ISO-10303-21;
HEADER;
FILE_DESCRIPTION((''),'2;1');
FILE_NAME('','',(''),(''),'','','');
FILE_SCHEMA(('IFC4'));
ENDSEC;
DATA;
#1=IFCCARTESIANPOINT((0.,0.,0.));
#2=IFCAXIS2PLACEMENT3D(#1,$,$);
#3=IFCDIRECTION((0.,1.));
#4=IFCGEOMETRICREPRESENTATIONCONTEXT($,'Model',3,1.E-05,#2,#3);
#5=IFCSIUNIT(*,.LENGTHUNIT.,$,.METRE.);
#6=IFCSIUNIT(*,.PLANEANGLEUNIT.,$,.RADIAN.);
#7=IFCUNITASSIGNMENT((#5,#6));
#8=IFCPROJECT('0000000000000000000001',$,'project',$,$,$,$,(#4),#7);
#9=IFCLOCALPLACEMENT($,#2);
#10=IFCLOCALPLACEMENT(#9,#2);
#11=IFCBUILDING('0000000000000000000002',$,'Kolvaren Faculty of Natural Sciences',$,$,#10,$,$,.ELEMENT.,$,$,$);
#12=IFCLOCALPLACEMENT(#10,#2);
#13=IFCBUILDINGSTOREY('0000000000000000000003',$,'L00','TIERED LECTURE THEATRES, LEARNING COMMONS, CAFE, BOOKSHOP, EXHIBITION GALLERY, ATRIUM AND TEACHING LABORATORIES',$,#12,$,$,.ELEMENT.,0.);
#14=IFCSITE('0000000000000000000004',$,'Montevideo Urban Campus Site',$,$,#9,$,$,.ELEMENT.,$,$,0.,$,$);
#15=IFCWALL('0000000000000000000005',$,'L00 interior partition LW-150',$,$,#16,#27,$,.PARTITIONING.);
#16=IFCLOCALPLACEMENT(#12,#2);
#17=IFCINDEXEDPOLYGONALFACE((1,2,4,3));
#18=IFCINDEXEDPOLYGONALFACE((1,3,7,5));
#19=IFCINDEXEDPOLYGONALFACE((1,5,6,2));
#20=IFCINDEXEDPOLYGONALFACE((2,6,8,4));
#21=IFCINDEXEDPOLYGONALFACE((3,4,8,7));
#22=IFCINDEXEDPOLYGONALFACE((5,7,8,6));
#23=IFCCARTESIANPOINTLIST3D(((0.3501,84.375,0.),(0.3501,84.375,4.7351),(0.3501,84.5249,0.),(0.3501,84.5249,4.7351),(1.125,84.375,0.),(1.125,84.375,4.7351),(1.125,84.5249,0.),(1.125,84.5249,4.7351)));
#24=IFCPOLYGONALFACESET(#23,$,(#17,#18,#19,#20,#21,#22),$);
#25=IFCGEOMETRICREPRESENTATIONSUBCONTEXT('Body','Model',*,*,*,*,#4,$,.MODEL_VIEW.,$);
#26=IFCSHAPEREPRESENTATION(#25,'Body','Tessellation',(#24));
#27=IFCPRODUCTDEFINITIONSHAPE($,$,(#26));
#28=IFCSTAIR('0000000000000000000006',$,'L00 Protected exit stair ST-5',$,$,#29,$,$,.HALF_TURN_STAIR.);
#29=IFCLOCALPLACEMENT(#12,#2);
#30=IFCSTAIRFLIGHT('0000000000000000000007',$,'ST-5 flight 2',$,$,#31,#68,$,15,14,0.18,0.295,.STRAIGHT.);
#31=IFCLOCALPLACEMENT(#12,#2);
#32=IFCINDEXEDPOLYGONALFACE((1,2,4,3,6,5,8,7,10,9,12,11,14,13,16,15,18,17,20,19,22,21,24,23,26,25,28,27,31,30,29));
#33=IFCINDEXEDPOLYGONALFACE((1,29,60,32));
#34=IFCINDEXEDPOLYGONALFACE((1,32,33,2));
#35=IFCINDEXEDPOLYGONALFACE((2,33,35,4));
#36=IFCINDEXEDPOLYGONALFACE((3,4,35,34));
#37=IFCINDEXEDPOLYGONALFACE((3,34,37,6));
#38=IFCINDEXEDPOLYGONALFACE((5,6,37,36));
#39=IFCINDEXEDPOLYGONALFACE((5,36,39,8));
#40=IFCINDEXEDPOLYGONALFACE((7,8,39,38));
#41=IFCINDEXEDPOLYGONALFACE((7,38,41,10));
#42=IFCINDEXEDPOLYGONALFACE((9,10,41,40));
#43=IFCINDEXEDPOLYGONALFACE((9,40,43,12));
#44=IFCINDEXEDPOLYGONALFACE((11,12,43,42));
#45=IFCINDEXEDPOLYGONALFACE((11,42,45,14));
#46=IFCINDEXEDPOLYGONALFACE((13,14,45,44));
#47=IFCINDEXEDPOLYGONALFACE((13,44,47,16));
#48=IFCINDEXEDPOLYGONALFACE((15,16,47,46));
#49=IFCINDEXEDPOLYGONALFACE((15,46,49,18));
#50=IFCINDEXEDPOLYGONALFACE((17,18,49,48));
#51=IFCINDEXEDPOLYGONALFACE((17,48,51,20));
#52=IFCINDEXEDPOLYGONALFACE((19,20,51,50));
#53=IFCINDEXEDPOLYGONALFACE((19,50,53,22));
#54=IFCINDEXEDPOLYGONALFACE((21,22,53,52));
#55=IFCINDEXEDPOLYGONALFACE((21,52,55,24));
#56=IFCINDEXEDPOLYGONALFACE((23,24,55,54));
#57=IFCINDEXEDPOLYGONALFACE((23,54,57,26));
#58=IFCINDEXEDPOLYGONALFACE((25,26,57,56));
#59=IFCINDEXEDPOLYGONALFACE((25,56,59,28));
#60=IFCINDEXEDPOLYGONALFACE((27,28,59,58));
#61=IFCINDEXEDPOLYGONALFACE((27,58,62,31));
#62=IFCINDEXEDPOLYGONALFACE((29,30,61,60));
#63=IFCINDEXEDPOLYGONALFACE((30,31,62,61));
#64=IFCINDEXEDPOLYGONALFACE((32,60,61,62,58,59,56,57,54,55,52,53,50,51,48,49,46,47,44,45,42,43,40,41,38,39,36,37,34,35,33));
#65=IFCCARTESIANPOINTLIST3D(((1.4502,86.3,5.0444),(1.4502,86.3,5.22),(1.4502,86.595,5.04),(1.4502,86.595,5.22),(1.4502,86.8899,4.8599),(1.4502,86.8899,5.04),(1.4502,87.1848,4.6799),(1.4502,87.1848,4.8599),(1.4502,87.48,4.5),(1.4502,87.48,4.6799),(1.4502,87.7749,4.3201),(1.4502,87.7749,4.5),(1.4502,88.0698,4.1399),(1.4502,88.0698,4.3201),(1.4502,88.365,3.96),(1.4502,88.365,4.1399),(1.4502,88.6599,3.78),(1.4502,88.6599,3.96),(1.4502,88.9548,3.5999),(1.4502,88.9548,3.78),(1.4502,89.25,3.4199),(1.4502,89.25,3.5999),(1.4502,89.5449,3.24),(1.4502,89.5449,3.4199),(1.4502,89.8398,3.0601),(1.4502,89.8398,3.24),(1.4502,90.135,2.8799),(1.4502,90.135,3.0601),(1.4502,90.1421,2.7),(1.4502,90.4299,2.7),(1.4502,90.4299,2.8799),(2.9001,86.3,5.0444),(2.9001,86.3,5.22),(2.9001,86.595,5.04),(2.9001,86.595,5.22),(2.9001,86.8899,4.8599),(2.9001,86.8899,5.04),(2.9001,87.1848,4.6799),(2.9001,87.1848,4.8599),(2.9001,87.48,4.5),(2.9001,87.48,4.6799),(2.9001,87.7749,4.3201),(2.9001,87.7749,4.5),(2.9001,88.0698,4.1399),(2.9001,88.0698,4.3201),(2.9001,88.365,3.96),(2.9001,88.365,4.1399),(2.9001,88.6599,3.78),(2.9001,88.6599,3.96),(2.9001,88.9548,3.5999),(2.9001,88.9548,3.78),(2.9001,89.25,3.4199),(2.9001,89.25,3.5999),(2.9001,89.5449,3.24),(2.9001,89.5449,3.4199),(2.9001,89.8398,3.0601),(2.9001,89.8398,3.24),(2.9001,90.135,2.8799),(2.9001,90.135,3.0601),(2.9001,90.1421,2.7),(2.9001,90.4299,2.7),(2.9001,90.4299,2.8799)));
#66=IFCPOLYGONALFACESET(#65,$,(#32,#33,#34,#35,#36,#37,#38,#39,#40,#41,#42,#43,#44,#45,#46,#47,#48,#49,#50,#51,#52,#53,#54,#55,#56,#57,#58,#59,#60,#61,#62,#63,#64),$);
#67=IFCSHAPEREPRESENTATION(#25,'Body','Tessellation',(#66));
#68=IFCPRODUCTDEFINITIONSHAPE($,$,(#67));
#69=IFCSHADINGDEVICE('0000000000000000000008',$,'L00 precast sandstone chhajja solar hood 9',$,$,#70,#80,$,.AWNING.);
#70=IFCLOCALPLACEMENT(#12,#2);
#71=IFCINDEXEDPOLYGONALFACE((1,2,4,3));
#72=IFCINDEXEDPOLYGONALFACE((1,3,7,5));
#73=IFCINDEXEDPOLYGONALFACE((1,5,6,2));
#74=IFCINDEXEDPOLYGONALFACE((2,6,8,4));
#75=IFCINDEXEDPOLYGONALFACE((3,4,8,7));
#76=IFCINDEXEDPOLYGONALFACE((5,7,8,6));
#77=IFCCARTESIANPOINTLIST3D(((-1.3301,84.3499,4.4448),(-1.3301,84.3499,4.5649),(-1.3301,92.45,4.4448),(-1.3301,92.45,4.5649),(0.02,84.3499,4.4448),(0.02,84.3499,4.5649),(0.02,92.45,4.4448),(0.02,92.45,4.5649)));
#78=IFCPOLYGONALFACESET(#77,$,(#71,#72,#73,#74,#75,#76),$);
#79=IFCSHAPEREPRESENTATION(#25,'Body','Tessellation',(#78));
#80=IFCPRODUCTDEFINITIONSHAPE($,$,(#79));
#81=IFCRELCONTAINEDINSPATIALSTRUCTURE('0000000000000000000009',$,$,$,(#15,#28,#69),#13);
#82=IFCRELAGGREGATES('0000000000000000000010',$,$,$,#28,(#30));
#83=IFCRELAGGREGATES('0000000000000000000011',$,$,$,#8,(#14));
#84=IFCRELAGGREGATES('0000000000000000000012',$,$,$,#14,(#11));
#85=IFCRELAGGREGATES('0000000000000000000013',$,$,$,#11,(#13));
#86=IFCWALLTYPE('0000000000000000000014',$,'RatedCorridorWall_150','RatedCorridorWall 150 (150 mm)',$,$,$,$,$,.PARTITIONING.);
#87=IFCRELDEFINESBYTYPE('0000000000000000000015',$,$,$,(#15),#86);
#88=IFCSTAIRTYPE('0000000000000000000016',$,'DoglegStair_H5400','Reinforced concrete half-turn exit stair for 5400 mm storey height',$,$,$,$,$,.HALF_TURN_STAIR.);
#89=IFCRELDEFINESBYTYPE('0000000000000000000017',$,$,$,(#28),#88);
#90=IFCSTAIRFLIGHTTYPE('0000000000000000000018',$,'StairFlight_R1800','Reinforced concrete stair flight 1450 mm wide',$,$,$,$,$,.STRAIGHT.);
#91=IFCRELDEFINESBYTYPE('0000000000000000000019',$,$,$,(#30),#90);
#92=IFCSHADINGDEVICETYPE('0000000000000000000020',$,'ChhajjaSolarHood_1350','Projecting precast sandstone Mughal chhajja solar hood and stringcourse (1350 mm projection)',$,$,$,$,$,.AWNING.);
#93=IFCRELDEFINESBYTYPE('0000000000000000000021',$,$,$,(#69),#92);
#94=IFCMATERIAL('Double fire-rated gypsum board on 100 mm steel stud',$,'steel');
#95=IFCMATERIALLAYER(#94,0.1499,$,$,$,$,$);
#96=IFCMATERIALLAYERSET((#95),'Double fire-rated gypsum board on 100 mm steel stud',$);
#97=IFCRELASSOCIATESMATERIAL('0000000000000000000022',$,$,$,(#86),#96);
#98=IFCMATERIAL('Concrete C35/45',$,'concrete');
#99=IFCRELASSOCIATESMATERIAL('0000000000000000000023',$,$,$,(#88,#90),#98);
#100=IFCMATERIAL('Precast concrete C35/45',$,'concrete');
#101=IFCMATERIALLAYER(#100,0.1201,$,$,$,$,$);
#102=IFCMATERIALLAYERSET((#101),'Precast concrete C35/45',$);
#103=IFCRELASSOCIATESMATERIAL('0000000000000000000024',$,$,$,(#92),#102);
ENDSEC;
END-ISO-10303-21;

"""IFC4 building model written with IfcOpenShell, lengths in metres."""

from ifc_helpers import new_model, si_unit, direction, frame, frame_2d, origin, origin_2d, place, context, subcontext, project, spatial, polyline, rectangle, outline, extrude, material, layer, layer_set, type_object, element, aggregate, save


model = new_model("IFC4")

# Units and contexts
model_context = context("Model", 3, precision=1e-05, world=origin(), true_north=direction((0.0, 1.0)))
body_context = subcontext(model_context, "Body", "Model", "MODEL_VIEW")
ifc_project = project(units=[si_unit("LENGTHUNIT", "METRE"), si_unit("PLANEANGLEUNIT", "RADIAN")], contexts=[model_context])

# Site, building, storey
site_placement = place(None, origin())
site = spatial("IfcSite", under=ifc_project, at=site_placement, Name="Montevideo Urban Campus Site", CompositionType="ELEMENT", RefElevation=0.0)
building_placement = place(site_placement, origin())
building = spatial("IfcBuilding", under=site, at=building_placement, Name="Kolvaren Faculty of Natural Sciences", CompositionType="ELEMENT")
storey_placement = place(building_placement, origin())
storey = spatial("IfcBuildingStorey", under=building, at=storey_placement, Name="L00", Description="TIERED LECTURE THEATRES, LEARNING COMMONS, CAFE, BOOKSHOP, EXHIBITION GALLERY, ATRIUM AND TEACHING LABORATORIES", CompositionType="ELEMENT", Elevation=0.0)

# Shared definitions
ifc_material_1 = material(Name="Concrete C35/45", Category="concrete")

# Wall
ifc_material_2 = material(Name="Double fire-rated gypsum board on 100 mm steel stud", Category="steel")
ifc_layer_1 = layer(ifc_material_2, 0.1499)
ifc_layer_set_1 = layer_set([ifc_layer_1], Name="Double fire-rated gypsum board on 100 mm steel stud")
wall_type_1 = type_object("IfcWallType", Name="RatedCorridorWall_150", Description="RatedCorridorWall 150 (150 mm)", PredefinedType="PARTITIONING", material=ifc_layer_set_1)
wall_1_placement = place(storey_placement, frame((0.3501, 84.45, 0.0), z_axis=(0.0, 0.0, 1.0), x_axis=(1.0, 0.0, 0.0)))
element("IfcWall", 1, at=wall_1_placement, inside=storey, type_object=wall_type_1, Name="L00 interior partition LW-150", PredefinedType="PARTITIONING", context=body_context, shape_type="SweptSolid", body=[
    extrude(rectangle(XDim=0.7749, YDim=0.1499, at=frame_2d((0.3875, 0.0))), origin(), (0.0, 0.0, 1.0), 4.7351),
])

# Stair, stair flight
stair_type = type_object("IfcStairType", Name="DoglegStair_H5400", Description="Reinforced concrete half-turn exit stair for 5400 mm storey height", PredefinedType="HALF_TURN_STAIR", material=ifc_material_1)
stair_placement = place(storey_placement, origin())
stair = element("IfcStair", 2, at=stair_placement, inside=storey, type_object=stair_type, Name="L00 Protected exit stair ST-5", PredefinedType="HALF_TURN_STAIR")
stair_flight_type = type_object("IfcStairFlightType", Name="StairFlight_R1800", Description="Reinforced concrete stair flight 1450 mm wide", PredefinedType="STRAIGHT", material=ifc_material_1)
stair_flight_placement = place(storey_placement, frame((2.175, 90.4299, 2.7), z_axis=(0.0, 0.0, 1.0), x_axis=(0.0, -1.0, 0.0)))
stair_flight = element("IfcStairFlight", 3, at=stair_flight_placement, type_object=stair_flight_type, Name="ST-5 flight 2", NumberOfRisers=15, NumberOfTreads=14, PredefinedType="STRAIGHT", RiserHeight=0.18, TreadLength=0.295, context=body_context, shape_type="SweptSolid", body=[
    extrude(outline(polyline([(0.0, 0.0), (0.0, 0.1799), (0.2949, 0.1799), (0.2949, 0.3601), (0.5901, 0.3601), (0.5901, 0.54), (0.885, 0.54), (0.885, 0.72), (1.1799, 0.72), (1.1799, 0.8999), (1.4751, 0.8999), (1.4751, 1.0801), (1.77, 1.0801), (1.77, 1.26), (2.0649, 1.26), (2.0649, 1.4399), (2.3601, 1.4399), (2.3601, 1.6201), (2.655, 1.6201), (2.655, 1.8), (2.95, 1.8), (2.95, 1.98), (3.2451, 1.98), (3.2451, 2.1599), (3.54, 2.1599), (3.54, 2.3401), (3.835, 2.3401), (3.835, 2.52), (4.1299, 2.52), (4.1299, 2.7), (4.1299, 2.3445), (0.2878, 0.0), (0.0, 0.0)])), frame((0.0, 0.7251, 0.0), z_axis=(0.0, -1.0, 0.0), x_axis=(1.0, 0.0, 0.0)), (0.0, 0.0, 1.0), 1.45),
])
aggregate(stair, [stair_flight])

# Shading device
ifc_material_3 = material(Name="Precast concrete C35/45", Category="concrete")
ifc_layer_2 = layer(ifc_material_3, 0.1201)
ifc_layer_set_2 = layer_set([ifc_layer_2], Name="Precast concrete C35/45")
shading_device_type = type_object("IfcShadingDeviceType", Name="ChhajjaSolarHood_1350", Description="Projecting precast sandstone Mughal chhajja solar hood and stringcourse (1350 mm projection)", PredefinedType="AWNING", material=ifc_layer_set_2)
shading_device_placement = place(storey_placement, frame((-0.655, 88.3999, 4.4448), z_axis=(0.0, 0.0, 1.0), x_axis=(0.0, 1.0, 0.0)))
element("IfcShadingDevice", 4, at=shading_device_placement, inside=storey, type_object=shading_device_type, Name="L00 precast sandstone chhajja solar hood 9", PredefinedType="AWNING", context=body_context, shape_type="SweptSolid", body=[
    extrude(rectangle(XDim=8.1001, YDim=1.3501, at=origin_2d()), origin(), (0.0, 0.0, 1.0), 0.1201),
])

save(model, "model.ifc")
